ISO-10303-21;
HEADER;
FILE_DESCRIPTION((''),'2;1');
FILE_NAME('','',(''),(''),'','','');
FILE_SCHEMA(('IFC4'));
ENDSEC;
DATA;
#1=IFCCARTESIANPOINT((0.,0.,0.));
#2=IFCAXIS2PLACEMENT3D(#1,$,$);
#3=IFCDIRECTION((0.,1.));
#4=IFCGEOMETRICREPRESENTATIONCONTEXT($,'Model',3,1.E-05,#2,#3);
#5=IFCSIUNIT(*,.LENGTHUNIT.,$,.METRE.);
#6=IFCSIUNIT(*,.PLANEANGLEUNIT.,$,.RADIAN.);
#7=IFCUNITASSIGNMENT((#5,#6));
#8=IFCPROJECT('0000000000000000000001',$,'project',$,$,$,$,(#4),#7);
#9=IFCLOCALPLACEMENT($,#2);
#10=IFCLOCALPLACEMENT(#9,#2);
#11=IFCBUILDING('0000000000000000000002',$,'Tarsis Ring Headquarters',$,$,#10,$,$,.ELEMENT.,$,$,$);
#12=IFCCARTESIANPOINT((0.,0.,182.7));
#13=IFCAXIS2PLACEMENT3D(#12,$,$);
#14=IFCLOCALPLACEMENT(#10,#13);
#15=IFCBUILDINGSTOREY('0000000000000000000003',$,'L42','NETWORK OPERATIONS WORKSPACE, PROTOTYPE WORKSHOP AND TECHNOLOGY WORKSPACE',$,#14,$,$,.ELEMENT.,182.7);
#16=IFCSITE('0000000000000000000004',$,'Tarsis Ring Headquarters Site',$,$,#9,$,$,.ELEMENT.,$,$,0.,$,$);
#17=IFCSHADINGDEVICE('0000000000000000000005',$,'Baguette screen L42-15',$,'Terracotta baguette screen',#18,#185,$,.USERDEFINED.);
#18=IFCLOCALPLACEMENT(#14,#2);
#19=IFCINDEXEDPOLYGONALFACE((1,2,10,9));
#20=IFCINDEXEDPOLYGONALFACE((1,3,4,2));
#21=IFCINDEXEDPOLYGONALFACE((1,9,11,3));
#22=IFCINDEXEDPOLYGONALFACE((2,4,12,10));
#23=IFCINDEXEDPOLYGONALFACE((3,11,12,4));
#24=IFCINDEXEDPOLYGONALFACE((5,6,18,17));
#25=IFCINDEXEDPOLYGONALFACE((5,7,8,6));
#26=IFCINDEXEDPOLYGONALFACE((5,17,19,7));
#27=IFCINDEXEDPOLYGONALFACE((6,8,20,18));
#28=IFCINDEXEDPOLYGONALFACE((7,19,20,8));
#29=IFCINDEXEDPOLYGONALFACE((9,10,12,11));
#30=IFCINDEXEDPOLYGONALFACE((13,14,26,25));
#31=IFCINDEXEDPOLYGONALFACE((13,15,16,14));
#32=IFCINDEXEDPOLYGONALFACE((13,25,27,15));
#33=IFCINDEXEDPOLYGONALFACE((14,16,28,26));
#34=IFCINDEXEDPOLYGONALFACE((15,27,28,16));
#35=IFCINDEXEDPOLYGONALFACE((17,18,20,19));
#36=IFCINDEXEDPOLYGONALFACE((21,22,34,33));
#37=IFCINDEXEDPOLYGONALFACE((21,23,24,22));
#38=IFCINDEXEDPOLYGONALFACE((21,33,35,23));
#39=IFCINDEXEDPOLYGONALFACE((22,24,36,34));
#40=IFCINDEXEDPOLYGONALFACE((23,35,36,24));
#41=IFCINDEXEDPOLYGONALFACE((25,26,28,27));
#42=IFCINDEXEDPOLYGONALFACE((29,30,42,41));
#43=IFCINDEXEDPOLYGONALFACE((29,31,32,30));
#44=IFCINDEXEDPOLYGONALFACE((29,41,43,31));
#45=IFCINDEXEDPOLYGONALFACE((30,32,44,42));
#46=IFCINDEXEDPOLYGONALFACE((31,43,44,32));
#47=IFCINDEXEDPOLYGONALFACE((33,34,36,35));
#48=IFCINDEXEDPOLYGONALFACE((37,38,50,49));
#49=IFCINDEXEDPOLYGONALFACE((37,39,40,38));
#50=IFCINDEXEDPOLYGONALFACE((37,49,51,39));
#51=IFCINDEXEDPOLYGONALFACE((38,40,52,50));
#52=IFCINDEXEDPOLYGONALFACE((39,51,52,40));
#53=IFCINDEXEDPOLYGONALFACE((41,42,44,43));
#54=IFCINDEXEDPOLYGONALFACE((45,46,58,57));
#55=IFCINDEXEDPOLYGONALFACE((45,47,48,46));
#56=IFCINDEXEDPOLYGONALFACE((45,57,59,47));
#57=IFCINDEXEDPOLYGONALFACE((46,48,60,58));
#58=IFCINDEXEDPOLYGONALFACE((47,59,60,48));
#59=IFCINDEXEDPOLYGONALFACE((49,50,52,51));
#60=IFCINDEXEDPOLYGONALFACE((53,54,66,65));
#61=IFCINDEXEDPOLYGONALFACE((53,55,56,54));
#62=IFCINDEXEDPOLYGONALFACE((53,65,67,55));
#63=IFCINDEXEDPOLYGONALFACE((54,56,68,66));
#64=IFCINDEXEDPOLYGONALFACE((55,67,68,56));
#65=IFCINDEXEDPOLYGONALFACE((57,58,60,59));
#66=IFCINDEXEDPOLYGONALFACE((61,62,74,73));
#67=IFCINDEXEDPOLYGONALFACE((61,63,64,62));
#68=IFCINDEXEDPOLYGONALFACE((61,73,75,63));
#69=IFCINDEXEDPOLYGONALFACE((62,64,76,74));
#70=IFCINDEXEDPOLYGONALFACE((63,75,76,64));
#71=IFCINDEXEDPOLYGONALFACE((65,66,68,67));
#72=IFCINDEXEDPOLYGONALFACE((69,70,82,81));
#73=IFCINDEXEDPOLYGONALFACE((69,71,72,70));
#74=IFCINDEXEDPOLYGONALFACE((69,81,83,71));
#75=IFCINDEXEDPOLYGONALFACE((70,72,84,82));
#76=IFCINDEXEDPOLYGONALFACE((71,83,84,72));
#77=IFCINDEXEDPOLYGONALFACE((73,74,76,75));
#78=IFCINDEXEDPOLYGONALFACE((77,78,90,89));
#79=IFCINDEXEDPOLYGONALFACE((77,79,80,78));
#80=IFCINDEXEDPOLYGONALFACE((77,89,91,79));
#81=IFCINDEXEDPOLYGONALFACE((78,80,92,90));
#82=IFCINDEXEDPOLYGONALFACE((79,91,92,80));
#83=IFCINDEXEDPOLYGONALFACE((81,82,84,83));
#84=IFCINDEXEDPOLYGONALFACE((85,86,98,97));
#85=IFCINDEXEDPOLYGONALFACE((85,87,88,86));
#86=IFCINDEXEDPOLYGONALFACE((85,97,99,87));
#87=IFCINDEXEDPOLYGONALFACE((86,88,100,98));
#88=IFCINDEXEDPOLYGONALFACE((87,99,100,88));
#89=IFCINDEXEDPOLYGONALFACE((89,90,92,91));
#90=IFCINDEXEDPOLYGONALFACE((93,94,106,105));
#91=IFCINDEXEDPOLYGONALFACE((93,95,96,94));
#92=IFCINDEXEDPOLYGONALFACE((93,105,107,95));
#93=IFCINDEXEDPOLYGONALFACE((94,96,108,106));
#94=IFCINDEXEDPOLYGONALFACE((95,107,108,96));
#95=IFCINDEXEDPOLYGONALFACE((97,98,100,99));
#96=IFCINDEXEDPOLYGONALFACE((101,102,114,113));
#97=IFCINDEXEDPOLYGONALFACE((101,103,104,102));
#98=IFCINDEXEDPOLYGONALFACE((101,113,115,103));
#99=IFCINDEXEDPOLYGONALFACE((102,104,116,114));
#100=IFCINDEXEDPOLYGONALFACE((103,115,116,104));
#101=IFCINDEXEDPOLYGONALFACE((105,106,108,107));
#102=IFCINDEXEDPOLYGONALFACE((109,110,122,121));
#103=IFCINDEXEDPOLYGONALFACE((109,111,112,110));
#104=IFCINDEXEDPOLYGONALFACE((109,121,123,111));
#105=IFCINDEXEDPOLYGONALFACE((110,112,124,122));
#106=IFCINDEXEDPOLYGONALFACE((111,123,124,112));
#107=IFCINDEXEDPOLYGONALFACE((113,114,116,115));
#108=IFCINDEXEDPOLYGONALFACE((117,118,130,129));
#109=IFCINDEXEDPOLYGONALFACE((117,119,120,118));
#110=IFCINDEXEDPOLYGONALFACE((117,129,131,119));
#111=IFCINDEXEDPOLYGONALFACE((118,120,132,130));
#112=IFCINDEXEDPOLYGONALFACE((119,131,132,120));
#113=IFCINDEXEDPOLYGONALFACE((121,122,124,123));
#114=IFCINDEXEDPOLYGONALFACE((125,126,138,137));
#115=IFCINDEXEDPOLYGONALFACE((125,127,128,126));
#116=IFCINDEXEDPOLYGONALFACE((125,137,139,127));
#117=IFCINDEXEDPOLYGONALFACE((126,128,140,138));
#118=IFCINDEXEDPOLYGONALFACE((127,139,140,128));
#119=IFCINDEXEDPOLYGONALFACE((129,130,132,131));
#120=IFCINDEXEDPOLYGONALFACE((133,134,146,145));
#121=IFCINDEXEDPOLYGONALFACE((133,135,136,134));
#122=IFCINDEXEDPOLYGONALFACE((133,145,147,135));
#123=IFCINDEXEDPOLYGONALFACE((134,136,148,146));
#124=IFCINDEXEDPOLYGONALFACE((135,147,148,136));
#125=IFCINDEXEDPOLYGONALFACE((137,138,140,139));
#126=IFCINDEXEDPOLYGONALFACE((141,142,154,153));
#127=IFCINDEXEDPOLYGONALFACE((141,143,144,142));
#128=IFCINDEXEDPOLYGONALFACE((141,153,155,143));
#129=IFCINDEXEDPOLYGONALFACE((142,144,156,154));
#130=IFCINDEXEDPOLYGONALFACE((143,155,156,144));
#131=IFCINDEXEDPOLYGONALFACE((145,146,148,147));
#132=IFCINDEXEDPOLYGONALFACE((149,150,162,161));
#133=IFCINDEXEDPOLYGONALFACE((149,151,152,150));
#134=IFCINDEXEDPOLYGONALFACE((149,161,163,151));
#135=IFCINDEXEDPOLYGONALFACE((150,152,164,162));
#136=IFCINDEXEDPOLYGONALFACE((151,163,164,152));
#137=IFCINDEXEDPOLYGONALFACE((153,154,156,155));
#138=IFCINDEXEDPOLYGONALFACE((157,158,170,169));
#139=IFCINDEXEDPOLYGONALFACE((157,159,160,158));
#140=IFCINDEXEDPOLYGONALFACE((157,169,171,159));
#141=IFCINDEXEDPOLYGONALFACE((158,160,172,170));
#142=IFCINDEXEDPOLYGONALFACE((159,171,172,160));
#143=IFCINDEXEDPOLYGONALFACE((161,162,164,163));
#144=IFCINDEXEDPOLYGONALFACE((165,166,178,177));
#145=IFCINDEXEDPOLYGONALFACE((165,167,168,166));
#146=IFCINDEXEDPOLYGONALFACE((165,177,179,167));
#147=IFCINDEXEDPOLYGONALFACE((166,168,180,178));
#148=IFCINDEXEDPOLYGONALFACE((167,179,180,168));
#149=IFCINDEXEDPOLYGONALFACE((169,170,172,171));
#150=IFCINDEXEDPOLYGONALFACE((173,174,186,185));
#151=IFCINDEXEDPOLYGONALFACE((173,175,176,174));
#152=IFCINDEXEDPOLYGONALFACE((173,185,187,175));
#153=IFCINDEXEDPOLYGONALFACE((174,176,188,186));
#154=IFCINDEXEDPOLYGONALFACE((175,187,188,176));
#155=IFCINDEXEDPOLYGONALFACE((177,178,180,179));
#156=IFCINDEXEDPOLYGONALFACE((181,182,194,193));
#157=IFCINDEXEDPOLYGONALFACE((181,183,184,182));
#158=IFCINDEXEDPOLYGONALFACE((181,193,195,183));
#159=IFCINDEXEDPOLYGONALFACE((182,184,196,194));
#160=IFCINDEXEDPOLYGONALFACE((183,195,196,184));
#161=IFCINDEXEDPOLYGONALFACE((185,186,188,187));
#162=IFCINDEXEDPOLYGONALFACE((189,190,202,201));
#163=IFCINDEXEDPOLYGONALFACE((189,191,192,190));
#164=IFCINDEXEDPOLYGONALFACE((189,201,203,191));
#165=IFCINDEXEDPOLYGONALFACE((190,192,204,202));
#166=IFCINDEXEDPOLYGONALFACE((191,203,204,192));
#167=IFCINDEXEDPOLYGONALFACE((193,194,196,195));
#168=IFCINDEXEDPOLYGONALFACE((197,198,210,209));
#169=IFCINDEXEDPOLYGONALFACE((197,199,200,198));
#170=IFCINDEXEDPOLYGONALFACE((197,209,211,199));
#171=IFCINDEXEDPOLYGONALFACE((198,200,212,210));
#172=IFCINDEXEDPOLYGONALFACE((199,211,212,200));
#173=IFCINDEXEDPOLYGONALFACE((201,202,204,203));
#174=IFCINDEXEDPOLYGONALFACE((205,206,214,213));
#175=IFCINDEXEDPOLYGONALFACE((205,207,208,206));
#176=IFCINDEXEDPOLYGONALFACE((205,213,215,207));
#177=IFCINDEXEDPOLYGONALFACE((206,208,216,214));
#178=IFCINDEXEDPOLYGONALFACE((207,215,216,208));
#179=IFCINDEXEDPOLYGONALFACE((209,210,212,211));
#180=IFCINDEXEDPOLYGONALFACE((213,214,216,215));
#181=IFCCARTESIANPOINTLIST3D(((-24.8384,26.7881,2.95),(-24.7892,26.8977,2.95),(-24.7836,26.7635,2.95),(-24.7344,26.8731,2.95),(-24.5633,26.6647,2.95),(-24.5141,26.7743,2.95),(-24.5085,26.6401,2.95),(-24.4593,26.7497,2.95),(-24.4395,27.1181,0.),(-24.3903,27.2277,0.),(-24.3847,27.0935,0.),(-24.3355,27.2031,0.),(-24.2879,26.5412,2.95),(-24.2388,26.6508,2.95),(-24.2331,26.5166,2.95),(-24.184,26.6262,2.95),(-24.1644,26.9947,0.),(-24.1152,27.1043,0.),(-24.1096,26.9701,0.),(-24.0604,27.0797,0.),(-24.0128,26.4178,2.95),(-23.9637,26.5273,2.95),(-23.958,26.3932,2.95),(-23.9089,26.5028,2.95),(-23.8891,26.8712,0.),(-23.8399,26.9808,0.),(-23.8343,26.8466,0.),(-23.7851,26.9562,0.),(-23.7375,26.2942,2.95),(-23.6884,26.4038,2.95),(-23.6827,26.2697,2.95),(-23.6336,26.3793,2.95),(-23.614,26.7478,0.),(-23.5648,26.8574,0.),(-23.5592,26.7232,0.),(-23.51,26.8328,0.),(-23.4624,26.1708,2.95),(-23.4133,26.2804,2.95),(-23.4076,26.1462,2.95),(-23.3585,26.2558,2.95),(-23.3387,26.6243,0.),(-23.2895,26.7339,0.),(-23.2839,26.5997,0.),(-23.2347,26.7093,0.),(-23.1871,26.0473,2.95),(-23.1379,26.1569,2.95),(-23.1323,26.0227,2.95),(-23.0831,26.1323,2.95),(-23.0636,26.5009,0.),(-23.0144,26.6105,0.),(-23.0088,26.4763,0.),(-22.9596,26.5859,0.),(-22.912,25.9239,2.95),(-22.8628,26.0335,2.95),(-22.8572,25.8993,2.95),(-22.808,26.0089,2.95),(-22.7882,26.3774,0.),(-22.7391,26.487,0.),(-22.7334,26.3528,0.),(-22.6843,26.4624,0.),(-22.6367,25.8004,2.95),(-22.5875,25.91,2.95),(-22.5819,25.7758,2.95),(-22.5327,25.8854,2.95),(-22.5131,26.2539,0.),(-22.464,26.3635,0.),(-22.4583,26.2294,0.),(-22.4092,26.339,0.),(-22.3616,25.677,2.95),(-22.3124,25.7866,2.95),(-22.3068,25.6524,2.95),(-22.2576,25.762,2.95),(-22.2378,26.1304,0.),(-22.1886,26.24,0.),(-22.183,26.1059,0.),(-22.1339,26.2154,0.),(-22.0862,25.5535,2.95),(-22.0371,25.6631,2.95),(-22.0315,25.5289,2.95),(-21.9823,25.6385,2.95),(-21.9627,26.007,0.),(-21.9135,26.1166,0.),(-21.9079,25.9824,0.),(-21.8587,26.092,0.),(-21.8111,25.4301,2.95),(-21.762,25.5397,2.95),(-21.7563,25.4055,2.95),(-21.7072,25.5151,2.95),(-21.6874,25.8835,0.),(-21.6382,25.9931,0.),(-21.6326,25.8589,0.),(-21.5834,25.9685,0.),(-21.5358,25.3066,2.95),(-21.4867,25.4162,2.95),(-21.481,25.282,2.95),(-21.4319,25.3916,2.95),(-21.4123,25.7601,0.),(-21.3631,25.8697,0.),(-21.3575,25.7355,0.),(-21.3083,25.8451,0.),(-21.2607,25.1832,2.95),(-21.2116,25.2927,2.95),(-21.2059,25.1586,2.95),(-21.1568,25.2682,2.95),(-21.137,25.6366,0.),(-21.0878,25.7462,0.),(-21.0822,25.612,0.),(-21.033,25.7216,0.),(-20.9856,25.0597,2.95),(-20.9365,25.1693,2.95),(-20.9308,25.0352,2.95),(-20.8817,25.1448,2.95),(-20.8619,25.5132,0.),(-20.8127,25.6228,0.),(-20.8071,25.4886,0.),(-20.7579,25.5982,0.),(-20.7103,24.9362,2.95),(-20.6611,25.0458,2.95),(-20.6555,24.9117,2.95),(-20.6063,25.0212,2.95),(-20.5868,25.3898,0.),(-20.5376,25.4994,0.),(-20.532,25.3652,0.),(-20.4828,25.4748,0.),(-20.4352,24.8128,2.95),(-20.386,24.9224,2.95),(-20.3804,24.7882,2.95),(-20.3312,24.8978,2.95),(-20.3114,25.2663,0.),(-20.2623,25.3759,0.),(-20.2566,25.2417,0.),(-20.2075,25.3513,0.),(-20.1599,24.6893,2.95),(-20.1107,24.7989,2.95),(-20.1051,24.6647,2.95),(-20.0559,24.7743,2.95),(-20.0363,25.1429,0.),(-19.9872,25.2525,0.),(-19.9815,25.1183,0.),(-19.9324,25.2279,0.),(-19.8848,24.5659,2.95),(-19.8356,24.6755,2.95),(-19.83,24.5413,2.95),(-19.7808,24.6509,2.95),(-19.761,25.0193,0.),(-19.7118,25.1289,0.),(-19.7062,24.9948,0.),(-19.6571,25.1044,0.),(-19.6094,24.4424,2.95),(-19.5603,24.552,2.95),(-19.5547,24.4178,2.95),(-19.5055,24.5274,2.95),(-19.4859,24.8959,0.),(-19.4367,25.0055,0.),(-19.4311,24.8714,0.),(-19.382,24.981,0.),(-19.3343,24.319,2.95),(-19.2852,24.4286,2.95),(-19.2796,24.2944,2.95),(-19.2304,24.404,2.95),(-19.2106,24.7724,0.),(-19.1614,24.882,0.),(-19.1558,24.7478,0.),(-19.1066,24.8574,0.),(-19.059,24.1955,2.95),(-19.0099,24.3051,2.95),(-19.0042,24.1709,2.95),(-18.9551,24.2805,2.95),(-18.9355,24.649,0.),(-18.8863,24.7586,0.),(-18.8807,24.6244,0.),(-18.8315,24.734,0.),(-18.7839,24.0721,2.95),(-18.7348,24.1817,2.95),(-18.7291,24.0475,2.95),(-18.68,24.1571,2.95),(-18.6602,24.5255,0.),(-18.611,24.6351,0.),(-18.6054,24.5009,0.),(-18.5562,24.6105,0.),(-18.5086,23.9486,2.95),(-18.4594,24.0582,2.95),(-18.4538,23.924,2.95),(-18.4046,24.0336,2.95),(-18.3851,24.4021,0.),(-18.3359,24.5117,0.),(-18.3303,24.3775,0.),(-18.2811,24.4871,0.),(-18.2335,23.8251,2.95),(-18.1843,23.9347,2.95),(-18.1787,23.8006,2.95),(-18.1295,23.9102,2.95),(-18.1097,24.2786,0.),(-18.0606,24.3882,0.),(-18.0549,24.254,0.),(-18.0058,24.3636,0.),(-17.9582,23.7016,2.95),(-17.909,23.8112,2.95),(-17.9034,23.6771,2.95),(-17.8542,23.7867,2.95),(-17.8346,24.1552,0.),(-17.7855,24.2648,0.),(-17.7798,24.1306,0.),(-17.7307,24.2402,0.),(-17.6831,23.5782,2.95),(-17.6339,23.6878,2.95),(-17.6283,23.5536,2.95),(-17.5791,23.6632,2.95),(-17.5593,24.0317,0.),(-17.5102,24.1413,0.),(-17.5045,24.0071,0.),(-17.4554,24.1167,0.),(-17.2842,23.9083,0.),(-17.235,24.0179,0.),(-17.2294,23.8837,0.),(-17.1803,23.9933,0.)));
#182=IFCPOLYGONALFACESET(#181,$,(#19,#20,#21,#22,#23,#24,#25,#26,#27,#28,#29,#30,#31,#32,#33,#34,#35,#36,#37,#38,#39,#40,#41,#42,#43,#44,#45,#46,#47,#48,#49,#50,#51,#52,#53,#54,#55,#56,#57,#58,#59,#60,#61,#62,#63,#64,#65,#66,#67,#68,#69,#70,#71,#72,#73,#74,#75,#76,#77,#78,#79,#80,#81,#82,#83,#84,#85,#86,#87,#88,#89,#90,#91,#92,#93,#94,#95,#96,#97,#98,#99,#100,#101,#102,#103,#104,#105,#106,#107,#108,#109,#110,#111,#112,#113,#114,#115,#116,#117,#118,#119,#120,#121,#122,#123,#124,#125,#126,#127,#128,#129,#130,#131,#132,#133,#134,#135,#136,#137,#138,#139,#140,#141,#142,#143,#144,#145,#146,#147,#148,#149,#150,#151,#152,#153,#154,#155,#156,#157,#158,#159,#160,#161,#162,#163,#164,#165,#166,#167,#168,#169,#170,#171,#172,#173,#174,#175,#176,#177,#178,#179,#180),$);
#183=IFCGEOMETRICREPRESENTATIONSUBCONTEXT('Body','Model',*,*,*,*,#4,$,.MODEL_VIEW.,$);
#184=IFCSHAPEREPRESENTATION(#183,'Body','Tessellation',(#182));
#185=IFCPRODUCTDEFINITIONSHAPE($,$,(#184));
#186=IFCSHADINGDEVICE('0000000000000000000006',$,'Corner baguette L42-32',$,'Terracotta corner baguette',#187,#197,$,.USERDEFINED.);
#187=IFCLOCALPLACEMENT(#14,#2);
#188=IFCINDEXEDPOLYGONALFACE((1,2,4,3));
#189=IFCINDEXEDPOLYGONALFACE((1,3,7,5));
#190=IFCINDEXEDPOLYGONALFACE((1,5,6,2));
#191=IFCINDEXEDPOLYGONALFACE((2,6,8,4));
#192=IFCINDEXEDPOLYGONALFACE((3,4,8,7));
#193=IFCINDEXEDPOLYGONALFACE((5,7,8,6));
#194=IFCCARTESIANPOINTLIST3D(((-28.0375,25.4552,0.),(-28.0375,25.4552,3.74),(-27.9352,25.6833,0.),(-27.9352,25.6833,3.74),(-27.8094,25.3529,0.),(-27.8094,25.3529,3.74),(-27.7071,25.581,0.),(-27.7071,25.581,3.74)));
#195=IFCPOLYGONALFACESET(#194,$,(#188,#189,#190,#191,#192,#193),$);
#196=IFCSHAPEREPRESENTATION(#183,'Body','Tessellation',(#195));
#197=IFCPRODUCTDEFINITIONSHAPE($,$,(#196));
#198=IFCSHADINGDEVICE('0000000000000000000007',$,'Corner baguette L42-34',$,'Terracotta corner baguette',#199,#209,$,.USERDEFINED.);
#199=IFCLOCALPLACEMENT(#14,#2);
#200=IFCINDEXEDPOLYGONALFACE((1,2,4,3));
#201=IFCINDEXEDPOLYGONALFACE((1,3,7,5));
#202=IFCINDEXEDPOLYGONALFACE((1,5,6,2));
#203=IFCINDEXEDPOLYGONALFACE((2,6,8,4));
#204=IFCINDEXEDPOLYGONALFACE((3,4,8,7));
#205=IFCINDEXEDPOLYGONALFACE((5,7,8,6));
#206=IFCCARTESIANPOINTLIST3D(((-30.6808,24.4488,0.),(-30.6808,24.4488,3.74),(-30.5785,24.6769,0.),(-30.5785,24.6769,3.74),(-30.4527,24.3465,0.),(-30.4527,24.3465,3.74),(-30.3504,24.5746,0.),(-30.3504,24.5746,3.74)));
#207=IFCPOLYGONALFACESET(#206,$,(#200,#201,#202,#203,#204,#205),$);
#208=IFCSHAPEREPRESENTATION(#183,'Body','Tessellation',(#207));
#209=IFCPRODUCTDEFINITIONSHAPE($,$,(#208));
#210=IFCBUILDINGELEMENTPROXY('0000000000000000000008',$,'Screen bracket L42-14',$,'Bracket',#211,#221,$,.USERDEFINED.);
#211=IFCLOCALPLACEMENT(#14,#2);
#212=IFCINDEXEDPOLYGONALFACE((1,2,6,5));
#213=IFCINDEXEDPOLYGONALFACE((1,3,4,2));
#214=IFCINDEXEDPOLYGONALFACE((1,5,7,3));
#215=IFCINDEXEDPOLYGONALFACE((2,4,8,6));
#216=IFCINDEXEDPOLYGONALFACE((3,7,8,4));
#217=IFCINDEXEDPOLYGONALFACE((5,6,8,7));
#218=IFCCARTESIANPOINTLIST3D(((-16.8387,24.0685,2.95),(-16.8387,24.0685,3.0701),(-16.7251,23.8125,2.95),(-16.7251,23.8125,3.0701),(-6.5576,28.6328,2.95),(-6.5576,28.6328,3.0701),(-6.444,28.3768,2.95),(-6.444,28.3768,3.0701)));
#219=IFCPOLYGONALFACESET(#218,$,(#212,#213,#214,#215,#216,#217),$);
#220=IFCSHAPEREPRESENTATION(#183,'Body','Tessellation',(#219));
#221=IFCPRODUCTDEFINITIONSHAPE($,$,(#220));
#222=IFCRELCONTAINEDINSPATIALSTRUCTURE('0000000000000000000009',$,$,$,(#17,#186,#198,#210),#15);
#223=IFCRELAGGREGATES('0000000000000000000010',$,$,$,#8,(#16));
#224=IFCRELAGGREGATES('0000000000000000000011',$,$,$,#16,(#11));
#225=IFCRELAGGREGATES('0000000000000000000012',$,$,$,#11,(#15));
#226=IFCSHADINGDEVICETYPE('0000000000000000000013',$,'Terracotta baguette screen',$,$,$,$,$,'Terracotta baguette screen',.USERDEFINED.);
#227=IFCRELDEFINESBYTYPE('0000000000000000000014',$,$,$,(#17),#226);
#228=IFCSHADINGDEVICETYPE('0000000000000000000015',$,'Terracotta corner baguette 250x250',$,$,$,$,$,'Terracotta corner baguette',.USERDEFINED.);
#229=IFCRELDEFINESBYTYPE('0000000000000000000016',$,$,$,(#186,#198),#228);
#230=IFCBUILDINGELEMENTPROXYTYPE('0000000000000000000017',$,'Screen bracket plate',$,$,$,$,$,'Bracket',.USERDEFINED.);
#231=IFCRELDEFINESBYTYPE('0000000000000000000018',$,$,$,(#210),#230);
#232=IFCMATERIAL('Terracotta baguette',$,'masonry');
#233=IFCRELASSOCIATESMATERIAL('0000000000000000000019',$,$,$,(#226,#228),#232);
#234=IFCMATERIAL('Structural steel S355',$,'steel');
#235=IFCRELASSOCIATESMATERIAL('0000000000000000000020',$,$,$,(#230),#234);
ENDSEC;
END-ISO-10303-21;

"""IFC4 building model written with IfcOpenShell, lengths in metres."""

from ifc_helpers import new_model, si_unit, direction, frame, frame_2d, origin, origin_2d, place, context, subcontext, project, spatial, rectangle, composite_profile, extrude, material, type_object, element, save


model = new_model("IFC4")

# Units and contexts
model_context = context("Model", 3, precision=1e-05, world=origin(), true_north=direction((0.0, 1.0)))
body_context = subcontext(model_context, "Body", "Model", "MODEL_VIEW")
ifc_project = project(units=[si_unit("LENGTHUNIT", "METRE"), si_unit("PLANEANGLEUNIT", "RADIAN")], contexts=[model_context])

# Site, building, storey
site_placement = place(None, origin())
site = spatial("IfcSite", under=ifc_project, at=site_placement, Name="Tarsis Ring Headquarters Site", CompositionType="ELEMENT", RefElevation=0.0)
building_placement = place(site_placement, origin())
building = spatial("IfcBuilding", under=site, at=building_placement, Name="Tarsis Ring Headquarters", CompositionType="ELEMENT")
storey_placement = place(building_placement, frame((0.0, 0.0, 182.7)))
storey = spatial("IfcBuildingStorey", under=building, at=storey_placement, Name="L42", Description="NETWORK OPERATIONS WORKSPACE, PROTOTYPE WORKSHOP AND TECHNOLOGY WORKSPACE", CompositionType="ELEMENT", Elevation=182.7)

# Shared definitions
ifc_material_1 = material(Name="Structural steel S355", Category="steel")

# Shading devices
ifc_material_2 = material(Name="Terracotta baguette", Category="masonry")
shading_device_type_1 = type_object("IfcShadingDeviceType", Name="Terracotta baguette screen", ElementType="Terracotta baguette screen", PredefinedType="USERDEFINED", material=ifc_material_2)
shading_device_1_placement = place(storey_placement, frame((-17.2048, 23.9385, 0.0), z_axis=(0.0, 0.0, 1.0), x_axis=(-0.912411, 0.409306, 0.0)))
element("IfcShadingDevice", 1, at=shading_device_1_placement, inside=storey, type_object=shading_device_type_1, Name="Baguette screen L42-15", ObjectType="Terracotta baguette screen", PredefinedType="USERDEFINED", context=body_context, shape_type="SweptSolid", body=[
    extrude(composite_profile([rectangle(XDim=0.0601, YDim=0.1201, at=frame_2d((0.03, 0.0))), rectangle(XDim=0.0601, YDim=0.1201, at=frame_2d((0.3315, 0.0))), rectangle(XDim=0.0601, YDim=0.1201, at=frame_2d((0.6333, 0.0))), rectangle(XDim=0.0601, YDim=0.1201, at=frame_2d((0.9348, 0.0))), rectangle(XDim=0.0601, YDim=0.1201, at=frame_2d((1.2366, 0.0))), rectangle(XDim=0.0601, YDim=0.1201, at=frame_2d((1.5381, 0.0))), rectangle(XDim=0.0601, YDim=0.1201, at=frame_2d((1.8398, 0.0))), rectangle(XDim=0.0601, YDim=0.1201, at=frame_2d((2.1414, 0.0))), rectangle(XDim=0.0601, YDim=0.1201, at=frame_2d((2.4431, 0.0))), rectangle(XDim=0.0601, YDim=0.1201, at=frame_2d((2.7446, 0.0))), rectangle(XDim=0.0601, YDim=0.1201, at=frame_2d((3.0464, 0.0))), rectangle(XDim=0.0601, YDim=0.1201, at=frame_2d((3.3479, 0.0))), rectangle(XDim=0.0601, YDim=0.1201, at=frame_2d((3.6497, 0.0))), rectangle(XDim=0.0601, YDim=0.1201, at=frame_2d((3.9512, 0.0))), rectangle(XDim=0.0601, YDim=0.1201, at=frame_2d((4.2527, 0.0))), rectangle(XDim=0.0601, YDim=0.1201, at=frame_2d((4.5544, 0.0))), rectangle(XDim=0.0601, YDim=0.1201, at=frame_2d((4.856, 0.0))), rectangle(XDim=0.0601, YDim=0.1201, at=frame_2d((5.1577, 0.0))), rectangle(XDim=0.0601, YDim=0.1201, at=frame_2d((5.4592, 0.0))), rectangle(XDim=0.0601, YDim=0.1201, at=frame_2d((5.761, 0.0))), rectangle(XDim=0.0601, YDim=0.1201, at=frame_2d((6.0625, 0.0))), rectangle(XDim=0.0601, YDim=0.1201, at=frame_2d((6.3643, 0.0))), rectangle(XDim=0.0601, YDim=0.1201, at=frame_2d((6.6658, 0.0))), rectangle(XDim=0.0601, YDim=0.1201, at=frame_2d((6.9675, 0.0))), rectangle(XDim=0.0601, YDim=0.1201, at=frame_2d((7.269, 0.0))), rectangle(XDim=0.0601, YDim=0.1201, at=frame_2d((7.5708, 0.0))), rectangle(XDim=0.0601, YDim=0.1201, at=frame_2d((7.8723, 0.0)))]), origin(), (0.076403, 0.155044, 0.984949), 2.9951),
])
shading_device_type_2 = type_object("IfcShadingDeviceType", Name="Terracotta corner baguette 250x250", ElementType="Terracotta corner baguette", PredefinedType="USERDEFINED", material=ifc_material_2)
for number, where, z_axis, x_axis, name in (
    (2, (-27.8723, 25.5181, 0.0), (0.0, 0.0, 1.0), (-0.912406, 0.409286, 0.0), "Corner baguette L42-32"),
    (3, (-30.5156, 24.5117, 0.0), (0.0, 0.0, 1.0), (-0.912406, 0.409286, 0.0), "Corner baguette L42-34"),
):
    element("IfcShadingDevice", number, at=place(storey_placement, frame(where, z_axis=z_axis, x_axis=x_axis)), inside=storey, type_object=shading_device_type_2, Name=name, ObjectType="Terracotta corner baguette", PredefinedType="USERDEFINED", context=body_context, shape_type="SweptSolid", body=[
        extrude(rectangle(XDim=0.25, YDim=0.25, at=origin_2d()), origin(), (0.0, 0.0, 1.0), 3.74),
    ])

# Building element proxy
building_element_proxy_type = type_object("IfcBuildingElementProxyType", Name="Screen bracket plate", ElementType="Bracket", PredefinedType="USERDEFINED", material=ifc_material_1)
proxy_placement = place(storey_placement, frame((-11.6414, 26.2227, 2.95), z_axis=(0.0, 0.0, 1.0), x_axis=(-0.91398, -0.405759, 0.0)))
element("IfcBuildingElementProxy", 4, at=proxy_placement, inside=storey, type_object=building_element_proxy_type, Name="Screen bracket L42-14", ObjectType="Bracket", PredefinedType="USERDEFINED", context=body_context, shape_type="SweptSolid", body=[
    extrude(rectangle(XDim=11.2488, YDim=0.28, at=origin_2d()), origin(), (0.0, 0.0, 1.0), 0.1201),
])

save(model, "model.ifc")
